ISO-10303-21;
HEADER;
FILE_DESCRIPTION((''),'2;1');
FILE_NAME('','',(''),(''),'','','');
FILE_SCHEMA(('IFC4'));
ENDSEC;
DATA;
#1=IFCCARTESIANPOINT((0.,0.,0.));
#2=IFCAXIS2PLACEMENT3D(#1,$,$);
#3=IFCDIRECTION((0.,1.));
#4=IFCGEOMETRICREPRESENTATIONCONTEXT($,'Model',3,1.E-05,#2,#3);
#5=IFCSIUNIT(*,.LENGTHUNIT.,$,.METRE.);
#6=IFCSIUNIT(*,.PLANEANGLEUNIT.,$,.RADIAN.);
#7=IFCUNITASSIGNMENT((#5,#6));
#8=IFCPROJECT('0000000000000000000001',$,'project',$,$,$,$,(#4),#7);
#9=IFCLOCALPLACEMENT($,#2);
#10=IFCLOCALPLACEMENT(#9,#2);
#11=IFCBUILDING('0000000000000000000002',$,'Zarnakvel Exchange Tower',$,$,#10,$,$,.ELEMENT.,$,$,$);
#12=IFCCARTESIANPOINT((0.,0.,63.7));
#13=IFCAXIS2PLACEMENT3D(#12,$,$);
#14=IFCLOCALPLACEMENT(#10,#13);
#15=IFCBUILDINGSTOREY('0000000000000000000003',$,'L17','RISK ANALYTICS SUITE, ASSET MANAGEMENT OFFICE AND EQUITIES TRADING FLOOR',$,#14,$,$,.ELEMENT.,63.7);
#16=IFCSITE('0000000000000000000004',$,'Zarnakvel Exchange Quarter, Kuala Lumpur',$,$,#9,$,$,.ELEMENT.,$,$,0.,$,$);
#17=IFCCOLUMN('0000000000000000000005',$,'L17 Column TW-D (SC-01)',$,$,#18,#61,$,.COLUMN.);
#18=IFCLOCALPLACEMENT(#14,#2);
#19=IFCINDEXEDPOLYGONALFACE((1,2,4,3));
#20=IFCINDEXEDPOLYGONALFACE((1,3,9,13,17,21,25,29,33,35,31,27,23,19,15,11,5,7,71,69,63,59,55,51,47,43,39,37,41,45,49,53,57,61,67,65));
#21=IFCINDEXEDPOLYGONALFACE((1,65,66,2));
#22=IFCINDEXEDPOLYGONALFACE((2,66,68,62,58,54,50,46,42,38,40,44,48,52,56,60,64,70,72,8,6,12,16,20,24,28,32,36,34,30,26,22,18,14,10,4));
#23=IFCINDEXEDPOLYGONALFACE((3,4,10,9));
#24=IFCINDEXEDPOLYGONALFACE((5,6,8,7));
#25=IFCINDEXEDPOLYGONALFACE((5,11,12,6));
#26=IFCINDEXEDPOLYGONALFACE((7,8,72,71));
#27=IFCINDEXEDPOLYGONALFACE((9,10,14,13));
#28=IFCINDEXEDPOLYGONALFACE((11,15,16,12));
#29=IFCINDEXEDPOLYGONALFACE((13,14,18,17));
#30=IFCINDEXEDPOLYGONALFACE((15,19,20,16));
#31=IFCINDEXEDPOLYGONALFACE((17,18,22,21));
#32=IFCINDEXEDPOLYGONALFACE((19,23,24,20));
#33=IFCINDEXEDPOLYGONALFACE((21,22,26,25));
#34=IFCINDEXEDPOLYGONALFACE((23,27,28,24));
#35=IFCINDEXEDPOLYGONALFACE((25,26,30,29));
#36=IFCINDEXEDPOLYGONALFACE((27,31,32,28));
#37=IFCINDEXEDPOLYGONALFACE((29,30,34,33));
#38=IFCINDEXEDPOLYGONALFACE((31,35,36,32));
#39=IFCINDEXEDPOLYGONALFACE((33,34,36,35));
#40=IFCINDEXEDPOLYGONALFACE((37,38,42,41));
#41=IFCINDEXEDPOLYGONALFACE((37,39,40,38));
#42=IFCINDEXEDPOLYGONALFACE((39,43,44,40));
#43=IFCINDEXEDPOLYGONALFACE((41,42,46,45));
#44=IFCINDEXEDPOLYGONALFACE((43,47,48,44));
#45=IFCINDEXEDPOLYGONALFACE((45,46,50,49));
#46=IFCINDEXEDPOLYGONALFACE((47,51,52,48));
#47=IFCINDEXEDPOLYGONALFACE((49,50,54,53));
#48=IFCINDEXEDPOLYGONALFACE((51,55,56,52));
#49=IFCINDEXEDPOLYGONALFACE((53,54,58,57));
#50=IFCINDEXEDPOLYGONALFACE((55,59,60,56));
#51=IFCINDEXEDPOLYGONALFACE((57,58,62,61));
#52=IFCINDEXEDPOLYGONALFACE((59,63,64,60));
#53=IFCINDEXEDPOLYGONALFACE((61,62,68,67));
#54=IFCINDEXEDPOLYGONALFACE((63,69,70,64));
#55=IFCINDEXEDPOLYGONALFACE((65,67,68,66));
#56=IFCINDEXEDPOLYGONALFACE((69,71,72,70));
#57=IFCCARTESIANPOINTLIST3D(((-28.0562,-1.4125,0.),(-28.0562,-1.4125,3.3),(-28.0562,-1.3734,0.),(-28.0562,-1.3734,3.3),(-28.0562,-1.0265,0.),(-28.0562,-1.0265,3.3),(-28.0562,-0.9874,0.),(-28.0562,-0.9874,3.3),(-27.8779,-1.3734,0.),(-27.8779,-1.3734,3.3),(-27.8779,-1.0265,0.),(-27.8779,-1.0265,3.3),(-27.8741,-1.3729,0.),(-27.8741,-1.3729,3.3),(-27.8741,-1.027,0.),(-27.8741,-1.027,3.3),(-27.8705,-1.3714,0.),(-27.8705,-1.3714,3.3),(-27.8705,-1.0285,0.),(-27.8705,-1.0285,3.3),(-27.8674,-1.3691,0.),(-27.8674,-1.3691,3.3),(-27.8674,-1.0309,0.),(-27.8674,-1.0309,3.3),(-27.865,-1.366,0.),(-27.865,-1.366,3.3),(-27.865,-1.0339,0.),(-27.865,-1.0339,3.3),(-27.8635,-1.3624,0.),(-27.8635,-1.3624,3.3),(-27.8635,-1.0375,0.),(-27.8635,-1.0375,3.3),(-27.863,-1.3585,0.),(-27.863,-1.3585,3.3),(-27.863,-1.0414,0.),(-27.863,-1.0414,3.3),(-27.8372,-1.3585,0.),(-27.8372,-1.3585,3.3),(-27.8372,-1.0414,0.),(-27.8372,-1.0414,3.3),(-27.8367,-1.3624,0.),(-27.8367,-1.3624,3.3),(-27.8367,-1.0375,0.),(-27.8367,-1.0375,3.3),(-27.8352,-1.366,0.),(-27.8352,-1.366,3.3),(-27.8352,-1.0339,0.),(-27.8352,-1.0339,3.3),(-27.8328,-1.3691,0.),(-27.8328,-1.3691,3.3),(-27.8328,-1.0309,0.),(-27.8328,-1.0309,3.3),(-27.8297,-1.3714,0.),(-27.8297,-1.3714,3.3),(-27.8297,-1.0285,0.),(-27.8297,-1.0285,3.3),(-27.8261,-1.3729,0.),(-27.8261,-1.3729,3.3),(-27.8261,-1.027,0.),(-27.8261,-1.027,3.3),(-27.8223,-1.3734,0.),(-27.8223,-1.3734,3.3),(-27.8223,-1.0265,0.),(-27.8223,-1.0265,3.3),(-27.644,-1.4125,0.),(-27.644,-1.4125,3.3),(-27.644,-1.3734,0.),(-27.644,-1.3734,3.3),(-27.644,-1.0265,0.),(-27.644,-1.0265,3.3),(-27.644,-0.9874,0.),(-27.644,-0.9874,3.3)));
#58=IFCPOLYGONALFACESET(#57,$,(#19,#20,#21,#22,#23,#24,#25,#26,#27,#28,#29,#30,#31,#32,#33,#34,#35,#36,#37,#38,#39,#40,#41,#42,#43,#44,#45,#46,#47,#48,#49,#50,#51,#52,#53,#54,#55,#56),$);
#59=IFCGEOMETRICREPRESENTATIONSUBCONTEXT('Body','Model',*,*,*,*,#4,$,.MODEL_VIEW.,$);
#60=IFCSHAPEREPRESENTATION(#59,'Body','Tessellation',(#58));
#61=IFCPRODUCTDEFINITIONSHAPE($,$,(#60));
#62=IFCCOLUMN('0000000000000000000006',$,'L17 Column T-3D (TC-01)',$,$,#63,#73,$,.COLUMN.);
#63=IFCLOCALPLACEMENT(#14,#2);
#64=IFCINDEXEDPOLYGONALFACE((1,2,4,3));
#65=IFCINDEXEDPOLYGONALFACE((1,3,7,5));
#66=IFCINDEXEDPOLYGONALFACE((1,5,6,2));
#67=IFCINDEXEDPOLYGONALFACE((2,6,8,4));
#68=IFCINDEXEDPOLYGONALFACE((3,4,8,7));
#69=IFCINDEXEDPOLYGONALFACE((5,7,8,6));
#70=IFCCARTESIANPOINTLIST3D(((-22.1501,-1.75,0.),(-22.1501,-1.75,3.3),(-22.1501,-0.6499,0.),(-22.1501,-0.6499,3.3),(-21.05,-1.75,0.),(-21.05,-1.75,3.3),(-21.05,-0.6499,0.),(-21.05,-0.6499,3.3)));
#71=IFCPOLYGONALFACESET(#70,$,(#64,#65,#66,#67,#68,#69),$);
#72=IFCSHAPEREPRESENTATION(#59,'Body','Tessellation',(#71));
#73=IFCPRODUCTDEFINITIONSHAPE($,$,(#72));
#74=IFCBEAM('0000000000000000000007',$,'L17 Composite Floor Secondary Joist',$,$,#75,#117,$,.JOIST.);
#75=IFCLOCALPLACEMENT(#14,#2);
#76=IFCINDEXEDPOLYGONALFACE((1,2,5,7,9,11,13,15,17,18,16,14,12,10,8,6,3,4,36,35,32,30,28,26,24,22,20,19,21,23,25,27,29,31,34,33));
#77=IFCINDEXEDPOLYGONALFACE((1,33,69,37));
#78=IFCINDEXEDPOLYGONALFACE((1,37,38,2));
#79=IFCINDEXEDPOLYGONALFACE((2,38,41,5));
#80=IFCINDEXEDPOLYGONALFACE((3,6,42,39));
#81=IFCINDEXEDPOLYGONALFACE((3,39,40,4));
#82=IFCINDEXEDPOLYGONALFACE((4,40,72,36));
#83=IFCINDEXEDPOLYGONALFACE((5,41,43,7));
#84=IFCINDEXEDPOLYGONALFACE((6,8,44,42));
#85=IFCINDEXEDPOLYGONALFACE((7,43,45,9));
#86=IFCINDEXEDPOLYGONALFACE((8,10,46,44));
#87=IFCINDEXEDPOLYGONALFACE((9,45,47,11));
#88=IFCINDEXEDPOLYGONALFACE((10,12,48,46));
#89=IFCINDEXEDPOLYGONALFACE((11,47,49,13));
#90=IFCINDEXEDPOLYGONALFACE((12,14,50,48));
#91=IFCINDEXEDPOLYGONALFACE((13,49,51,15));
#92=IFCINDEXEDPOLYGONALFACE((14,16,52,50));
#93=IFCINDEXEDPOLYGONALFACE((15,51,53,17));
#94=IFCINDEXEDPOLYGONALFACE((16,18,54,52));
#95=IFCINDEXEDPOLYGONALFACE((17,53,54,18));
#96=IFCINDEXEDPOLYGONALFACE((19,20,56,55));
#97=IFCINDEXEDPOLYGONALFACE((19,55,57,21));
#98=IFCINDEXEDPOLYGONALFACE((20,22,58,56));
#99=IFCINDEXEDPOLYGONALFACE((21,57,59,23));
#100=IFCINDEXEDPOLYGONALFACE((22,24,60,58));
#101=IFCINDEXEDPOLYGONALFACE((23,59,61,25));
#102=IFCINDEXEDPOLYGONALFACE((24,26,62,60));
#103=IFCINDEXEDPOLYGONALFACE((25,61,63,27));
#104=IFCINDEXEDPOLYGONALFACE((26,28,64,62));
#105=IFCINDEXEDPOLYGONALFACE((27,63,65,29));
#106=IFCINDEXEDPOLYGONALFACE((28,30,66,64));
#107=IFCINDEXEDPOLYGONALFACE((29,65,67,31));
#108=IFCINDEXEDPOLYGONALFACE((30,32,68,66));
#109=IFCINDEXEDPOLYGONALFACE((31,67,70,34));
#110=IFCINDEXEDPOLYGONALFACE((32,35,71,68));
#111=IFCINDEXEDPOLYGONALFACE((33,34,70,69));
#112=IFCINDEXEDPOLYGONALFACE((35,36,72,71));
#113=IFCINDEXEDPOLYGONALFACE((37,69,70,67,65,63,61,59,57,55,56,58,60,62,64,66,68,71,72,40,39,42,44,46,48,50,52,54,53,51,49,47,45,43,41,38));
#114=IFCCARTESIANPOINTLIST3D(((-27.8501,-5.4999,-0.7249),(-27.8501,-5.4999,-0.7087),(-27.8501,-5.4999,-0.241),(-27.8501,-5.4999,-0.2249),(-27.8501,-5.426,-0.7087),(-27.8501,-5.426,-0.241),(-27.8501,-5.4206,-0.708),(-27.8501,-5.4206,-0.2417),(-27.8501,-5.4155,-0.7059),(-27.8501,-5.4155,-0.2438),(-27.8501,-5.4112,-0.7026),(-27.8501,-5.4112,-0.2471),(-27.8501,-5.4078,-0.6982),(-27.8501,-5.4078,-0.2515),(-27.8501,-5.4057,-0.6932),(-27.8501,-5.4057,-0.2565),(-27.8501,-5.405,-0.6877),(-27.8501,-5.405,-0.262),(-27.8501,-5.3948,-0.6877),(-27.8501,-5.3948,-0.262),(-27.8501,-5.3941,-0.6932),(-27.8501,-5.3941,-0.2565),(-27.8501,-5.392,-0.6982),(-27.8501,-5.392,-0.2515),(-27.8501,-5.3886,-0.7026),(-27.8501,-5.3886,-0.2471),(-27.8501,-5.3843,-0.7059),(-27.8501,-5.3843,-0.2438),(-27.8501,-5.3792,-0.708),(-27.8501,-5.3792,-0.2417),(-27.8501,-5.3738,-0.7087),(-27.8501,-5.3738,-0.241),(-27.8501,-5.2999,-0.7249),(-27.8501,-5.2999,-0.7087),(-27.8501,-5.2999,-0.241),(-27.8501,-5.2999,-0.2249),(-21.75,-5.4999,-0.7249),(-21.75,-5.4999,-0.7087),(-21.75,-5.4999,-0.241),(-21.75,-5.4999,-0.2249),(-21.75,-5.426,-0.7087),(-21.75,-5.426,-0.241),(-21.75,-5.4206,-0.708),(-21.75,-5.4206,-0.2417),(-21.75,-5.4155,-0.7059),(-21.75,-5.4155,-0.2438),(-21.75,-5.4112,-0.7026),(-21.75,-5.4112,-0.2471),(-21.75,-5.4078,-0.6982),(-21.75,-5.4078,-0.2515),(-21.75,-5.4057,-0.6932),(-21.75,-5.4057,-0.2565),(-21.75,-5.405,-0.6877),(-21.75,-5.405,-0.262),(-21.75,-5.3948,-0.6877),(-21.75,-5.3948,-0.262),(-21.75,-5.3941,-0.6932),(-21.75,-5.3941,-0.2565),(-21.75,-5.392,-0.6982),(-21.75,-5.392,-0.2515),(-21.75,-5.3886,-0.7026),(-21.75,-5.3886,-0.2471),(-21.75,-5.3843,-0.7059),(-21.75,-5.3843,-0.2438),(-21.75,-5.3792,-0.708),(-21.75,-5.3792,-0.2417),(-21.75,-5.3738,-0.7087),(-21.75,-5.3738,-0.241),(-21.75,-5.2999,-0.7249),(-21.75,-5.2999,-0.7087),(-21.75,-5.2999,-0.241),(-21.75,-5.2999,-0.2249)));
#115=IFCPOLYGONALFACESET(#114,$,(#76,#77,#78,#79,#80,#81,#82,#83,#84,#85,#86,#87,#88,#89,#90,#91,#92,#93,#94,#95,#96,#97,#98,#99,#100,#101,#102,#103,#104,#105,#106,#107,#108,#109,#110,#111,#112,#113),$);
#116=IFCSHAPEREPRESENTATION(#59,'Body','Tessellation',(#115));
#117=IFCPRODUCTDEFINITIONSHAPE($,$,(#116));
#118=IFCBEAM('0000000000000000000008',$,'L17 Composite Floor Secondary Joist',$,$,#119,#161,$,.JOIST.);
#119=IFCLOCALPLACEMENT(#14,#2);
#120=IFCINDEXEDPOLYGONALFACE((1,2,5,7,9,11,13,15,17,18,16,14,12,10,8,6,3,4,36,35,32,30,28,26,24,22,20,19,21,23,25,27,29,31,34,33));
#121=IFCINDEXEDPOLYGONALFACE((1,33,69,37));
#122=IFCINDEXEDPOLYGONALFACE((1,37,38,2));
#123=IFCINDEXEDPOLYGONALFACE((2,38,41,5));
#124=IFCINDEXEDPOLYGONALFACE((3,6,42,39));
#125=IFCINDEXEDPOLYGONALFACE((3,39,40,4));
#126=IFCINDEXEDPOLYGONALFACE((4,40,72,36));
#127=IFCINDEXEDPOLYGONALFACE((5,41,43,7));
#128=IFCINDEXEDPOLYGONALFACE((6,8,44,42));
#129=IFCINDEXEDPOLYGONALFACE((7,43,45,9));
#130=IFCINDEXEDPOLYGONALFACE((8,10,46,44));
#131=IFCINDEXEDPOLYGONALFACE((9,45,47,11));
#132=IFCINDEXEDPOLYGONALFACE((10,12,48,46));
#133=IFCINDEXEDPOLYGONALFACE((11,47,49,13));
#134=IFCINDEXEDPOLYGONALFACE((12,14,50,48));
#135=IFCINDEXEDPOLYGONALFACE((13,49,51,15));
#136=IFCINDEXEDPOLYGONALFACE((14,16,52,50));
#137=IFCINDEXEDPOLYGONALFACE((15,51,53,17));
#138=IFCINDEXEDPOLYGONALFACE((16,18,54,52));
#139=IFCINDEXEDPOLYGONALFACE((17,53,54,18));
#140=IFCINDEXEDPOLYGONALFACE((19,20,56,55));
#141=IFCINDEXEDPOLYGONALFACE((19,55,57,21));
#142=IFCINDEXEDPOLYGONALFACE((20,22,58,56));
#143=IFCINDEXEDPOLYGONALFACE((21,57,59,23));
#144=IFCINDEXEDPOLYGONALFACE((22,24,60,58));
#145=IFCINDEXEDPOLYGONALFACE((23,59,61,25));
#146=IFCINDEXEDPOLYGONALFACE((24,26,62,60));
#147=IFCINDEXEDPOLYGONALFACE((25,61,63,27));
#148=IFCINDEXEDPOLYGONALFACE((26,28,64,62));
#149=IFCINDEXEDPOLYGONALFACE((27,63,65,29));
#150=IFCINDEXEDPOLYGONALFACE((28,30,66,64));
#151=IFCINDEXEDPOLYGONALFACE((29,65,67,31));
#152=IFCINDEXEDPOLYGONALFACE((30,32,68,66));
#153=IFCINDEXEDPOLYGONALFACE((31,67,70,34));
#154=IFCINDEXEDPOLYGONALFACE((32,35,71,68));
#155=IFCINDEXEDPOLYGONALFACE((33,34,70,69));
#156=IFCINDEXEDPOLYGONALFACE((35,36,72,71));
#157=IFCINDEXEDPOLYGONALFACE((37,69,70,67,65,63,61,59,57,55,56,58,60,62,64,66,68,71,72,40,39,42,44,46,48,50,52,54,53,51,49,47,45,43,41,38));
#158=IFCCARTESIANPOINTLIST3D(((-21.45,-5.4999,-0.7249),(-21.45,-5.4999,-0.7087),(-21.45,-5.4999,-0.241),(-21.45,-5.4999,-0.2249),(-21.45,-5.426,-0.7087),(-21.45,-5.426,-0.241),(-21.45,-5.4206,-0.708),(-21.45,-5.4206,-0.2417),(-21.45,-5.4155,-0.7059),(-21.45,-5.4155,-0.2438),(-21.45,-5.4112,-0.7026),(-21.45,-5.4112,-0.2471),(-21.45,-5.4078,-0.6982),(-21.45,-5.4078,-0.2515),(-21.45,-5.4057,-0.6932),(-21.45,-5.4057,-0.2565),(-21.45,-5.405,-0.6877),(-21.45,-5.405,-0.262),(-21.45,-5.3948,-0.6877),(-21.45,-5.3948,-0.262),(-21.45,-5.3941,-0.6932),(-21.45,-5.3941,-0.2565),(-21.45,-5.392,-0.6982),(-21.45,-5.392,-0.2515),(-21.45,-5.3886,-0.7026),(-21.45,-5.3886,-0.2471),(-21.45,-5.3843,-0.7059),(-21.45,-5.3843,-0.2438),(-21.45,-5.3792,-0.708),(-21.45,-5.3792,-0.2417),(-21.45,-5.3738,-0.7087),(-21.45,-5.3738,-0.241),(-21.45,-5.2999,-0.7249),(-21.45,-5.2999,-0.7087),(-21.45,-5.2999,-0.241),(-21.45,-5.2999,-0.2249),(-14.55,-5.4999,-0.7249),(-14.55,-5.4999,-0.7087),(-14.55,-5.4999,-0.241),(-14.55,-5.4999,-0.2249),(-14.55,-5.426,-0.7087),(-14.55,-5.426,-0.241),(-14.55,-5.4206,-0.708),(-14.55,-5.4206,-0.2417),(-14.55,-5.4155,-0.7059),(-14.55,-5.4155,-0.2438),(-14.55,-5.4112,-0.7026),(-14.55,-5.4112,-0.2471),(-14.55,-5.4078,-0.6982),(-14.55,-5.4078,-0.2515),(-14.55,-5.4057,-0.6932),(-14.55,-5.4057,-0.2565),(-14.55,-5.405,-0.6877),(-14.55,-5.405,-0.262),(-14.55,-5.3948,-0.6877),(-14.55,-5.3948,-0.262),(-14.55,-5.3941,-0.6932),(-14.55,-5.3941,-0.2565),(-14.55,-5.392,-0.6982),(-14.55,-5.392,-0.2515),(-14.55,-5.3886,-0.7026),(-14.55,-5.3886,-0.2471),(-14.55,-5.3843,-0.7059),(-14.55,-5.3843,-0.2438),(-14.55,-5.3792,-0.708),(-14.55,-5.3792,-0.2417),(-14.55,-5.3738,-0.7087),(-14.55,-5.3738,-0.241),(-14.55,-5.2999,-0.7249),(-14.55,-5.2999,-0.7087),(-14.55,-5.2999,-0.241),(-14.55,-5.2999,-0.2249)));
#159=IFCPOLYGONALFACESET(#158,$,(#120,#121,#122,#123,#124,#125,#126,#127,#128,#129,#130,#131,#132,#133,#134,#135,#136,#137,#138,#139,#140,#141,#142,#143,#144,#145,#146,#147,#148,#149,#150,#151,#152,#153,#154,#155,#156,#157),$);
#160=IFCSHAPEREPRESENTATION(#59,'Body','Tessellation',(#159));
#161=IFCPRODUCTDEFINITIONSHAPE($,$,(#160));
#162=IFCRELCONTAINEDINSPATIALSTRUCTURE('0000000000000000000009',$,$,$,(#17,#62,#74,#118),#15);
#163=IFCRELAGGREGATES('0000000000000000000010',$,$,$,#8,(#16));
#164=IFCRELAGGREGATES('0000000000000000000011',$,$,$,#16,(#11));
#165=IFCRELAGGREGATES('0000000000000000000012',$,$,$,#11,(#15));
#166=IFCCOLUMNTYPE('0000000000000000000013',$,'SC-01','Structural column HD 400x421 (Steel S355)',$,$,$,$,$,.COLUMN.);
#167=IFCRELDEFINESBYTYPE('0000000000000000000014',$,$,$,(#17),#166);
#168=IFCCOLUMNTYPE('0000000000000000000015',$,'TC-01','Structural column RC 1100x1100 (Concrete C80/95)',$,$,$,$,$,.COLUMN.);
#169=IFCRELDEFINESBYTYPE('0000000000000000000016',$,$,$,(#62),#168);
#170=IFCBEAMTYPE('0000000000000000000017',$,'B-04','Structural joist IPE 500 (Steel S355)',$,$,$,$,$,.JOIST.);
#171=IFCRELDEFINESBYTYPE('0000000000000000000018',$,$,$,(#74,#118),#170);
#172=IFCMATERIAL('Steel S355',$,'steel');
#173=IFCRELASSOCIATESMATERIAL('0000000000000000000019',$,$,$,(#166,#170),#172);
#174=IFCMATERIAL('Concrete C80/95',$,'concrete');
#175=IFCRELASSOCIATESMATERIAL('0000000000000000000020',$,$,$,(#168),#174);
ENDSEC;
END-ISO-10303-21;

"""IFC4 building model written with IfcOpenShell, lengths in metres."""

from ifc_helpers import new_model, si_unit, direction, frame, origin, origin_2d, place, context, subcontext, project, spatial, rectangle, i_section, extrude, material, material_profile, profile_set, type_object, element, save


model = new_model("IFC4")

# Units and contexts
model_context = context("Model", 3, precision=1e-05, world=origin(), true_north=direction((0.0, 1.0)))
body_context = subcontext(model_context, "Body", "Model", "MODEL_VIEW")
ifc_project = project(units=[si_unit("LENGTHUNIT", "METRE"), si_unit("PLANEANGLEUNIT", "RADIAN")], contexts=[model_context])

# Site, building, storey
site_placement = place(None, origin())
site = spatial("IfcSite", under=ifc_project, at=site_placement, Name="Zarnakvel Exchange Quarter, Kuala Lumpur", CompositionType="ELEMENT", RefElevation=0.0)
building_placement = place(site_placement, origin())
building = spatial("IfcBuilding", under=site, at=building_placement, Name="Zarnakvel Exchange Tower", CompositionType="ELEMENT")
storey_placement = place(building_placement, frame((0.0, 0.0, 63.7)))
storey = spatial("IfcBuildingStorey", under=building, at=storey_placement, Name="L17", Description="RISK ANALYTICS SUITE, ASSET MANAGEMENT OFFICE AND EQUITIES TRADING FLOOR", CompositionType="ELEMENT", Elevation=63.7)

# Columns
ifc_material_1 = material(Name="Steel S355", Category="steel")
ifc_material_profile_1 = material_profile(ifc_material_1, i_section(OverallWidth=0.4121, OverallDepth=0.425, WebThickness=0.0259, FlangeThickness=0.0391, FilletRadius=0.0149, at=origin_2d()))
ifc_profile_set_1 = profile_set([ifc_material_profile_1], Name="Steel S355")
column_type_1 = type_object("IfcColumnType", Name="SC-01", Description="Structural column HD 400x421 (Steel S355)", PredefinedType="COLUMN", material=ifc_profile_set_1)
column_1_placement = place(storey_placement, frame((-27.8501, -1.2, 0.0), z_axis=(0.0, 0.0, 1.0), x_axis=(1.0, 0.0, 0.0)))
element("IfcColumn", 1, at=column_1_placement, inside=storey, type_object=column_type_1, Name="L17 Column TW-D (SC-01)", PredefinedType="COLUMN", context=body_context, shape_type="SweptSolid", body=[
    extrude(i_section(OverallWidth=0.4121, OverallDepth=0.425, WebThickness=0.0259, FlangeThickness=0.0391, FilletRadius=0.0149, at=origin_2d()), origin(), (0.0, 0.0, 1.0), 3.3),
])
ifc_material_2 = material(Name="Concrete C80/95", Category="concrete")
ifc_material_profile_2 = material_profile(ifc_material_2, rectangle(XDim=1.1001, YDim=1.1001, at=origin_2d()))
ifc_profile_set_2 = profile_set([ifc_material_profile_2], Name="Concrete C80/95")
column_type_2 = type_object("IfcColumnType", Name="TC-01", Description="Structural column RC 1100x1100 (Concrete C80/95)", PredefinedType="COLUMN", material=ifc_profile_set_2)
column_2_placement = place(storey_placement, frame((-21.6001, -1.2, 0.0), z_axis=(0.0, 0.0, 1.0), x_axis=(1.0, 0.0, 0.0)))
element("IfcColumn", 2, at=column_2_placement, inside=storey, type_object=column_type_2, Name="L17 Column T-3D (TC-01)", PredefinedType="COLUMN", context=body_context, shape_type="SweptSolid", body=[
    extrude(rectangle(XDim=1.1001, YDim=1.1001, at=origin_2d()), origin(), (0.0, 0.0, 1.0), 3.3),
])

# Beams
ifc_material_profile_3 = material_profile(ifc_material_1, i_section(OverallWidth=0.2, OverallDepth=0.5, WebThickness=0.0103, FlangeThickness=0.0161, FilletRadius=0.021, at=origin_2d()))
ifc_profile_set_3 = profile_set([ifc_material_profile_3], Name="Steel S355")
beam_type_1 = type_object("IfcBeamType", Name="B-04", Description="Structural joist IPE 500 (Steel S355)", PredefinedType="JOIST", material=ifc_profile_set_3)
beam_1_placement = place(storey_placement, frame((-27.8501, -5.3999, -0.4749), z_axis=(1.0, 0.0, 0.0), x_axis=(0.0, 1.0, 0.0)))
element("IfcBeam", 3, at=beam_1_placement, inside=storey, type_object=beam_type_1, Name="L17 Composite Floor Secondary Joist", PredefinedType="JOIST", context=body_context, shape_type="SweptSolid", body=[
    extrude(i_section(OverallWidth=0.2, OverallDepth=0.5, WebThickness=0.0103, FlangeThickness=0.0161, FilletRadius=0.021, at=origin_2d()), origin(), (0.0, 0.0, 1.0), 6.1001),
])
beam_2_placement = place(storey_placement, frame((-21.45, -5.3999, -0.4749), z_axis=(1.0, 0.0, 0.0), x_axis=(0.0, 1.0, 0.0)))
element("IfcBeam", 4, at=beam_2_placement, inside=storey, type_object=beam_type_1, Name="L17 Composite Floor Secondary Joist", PredefinedType="JOIST", context=body_context, shape_type="SweptSolid", body=[
    extrude(i_section(OverallWidth=0.2, OverallDepth=0.5, WebThickness=0.0103, FlangeThickness=0.0161, FilletRadius=0.021, at=origin_2d()), origin(), (0.0, 0.0, 1.0), 6.8999),
])

save(model, "model.ifc")
